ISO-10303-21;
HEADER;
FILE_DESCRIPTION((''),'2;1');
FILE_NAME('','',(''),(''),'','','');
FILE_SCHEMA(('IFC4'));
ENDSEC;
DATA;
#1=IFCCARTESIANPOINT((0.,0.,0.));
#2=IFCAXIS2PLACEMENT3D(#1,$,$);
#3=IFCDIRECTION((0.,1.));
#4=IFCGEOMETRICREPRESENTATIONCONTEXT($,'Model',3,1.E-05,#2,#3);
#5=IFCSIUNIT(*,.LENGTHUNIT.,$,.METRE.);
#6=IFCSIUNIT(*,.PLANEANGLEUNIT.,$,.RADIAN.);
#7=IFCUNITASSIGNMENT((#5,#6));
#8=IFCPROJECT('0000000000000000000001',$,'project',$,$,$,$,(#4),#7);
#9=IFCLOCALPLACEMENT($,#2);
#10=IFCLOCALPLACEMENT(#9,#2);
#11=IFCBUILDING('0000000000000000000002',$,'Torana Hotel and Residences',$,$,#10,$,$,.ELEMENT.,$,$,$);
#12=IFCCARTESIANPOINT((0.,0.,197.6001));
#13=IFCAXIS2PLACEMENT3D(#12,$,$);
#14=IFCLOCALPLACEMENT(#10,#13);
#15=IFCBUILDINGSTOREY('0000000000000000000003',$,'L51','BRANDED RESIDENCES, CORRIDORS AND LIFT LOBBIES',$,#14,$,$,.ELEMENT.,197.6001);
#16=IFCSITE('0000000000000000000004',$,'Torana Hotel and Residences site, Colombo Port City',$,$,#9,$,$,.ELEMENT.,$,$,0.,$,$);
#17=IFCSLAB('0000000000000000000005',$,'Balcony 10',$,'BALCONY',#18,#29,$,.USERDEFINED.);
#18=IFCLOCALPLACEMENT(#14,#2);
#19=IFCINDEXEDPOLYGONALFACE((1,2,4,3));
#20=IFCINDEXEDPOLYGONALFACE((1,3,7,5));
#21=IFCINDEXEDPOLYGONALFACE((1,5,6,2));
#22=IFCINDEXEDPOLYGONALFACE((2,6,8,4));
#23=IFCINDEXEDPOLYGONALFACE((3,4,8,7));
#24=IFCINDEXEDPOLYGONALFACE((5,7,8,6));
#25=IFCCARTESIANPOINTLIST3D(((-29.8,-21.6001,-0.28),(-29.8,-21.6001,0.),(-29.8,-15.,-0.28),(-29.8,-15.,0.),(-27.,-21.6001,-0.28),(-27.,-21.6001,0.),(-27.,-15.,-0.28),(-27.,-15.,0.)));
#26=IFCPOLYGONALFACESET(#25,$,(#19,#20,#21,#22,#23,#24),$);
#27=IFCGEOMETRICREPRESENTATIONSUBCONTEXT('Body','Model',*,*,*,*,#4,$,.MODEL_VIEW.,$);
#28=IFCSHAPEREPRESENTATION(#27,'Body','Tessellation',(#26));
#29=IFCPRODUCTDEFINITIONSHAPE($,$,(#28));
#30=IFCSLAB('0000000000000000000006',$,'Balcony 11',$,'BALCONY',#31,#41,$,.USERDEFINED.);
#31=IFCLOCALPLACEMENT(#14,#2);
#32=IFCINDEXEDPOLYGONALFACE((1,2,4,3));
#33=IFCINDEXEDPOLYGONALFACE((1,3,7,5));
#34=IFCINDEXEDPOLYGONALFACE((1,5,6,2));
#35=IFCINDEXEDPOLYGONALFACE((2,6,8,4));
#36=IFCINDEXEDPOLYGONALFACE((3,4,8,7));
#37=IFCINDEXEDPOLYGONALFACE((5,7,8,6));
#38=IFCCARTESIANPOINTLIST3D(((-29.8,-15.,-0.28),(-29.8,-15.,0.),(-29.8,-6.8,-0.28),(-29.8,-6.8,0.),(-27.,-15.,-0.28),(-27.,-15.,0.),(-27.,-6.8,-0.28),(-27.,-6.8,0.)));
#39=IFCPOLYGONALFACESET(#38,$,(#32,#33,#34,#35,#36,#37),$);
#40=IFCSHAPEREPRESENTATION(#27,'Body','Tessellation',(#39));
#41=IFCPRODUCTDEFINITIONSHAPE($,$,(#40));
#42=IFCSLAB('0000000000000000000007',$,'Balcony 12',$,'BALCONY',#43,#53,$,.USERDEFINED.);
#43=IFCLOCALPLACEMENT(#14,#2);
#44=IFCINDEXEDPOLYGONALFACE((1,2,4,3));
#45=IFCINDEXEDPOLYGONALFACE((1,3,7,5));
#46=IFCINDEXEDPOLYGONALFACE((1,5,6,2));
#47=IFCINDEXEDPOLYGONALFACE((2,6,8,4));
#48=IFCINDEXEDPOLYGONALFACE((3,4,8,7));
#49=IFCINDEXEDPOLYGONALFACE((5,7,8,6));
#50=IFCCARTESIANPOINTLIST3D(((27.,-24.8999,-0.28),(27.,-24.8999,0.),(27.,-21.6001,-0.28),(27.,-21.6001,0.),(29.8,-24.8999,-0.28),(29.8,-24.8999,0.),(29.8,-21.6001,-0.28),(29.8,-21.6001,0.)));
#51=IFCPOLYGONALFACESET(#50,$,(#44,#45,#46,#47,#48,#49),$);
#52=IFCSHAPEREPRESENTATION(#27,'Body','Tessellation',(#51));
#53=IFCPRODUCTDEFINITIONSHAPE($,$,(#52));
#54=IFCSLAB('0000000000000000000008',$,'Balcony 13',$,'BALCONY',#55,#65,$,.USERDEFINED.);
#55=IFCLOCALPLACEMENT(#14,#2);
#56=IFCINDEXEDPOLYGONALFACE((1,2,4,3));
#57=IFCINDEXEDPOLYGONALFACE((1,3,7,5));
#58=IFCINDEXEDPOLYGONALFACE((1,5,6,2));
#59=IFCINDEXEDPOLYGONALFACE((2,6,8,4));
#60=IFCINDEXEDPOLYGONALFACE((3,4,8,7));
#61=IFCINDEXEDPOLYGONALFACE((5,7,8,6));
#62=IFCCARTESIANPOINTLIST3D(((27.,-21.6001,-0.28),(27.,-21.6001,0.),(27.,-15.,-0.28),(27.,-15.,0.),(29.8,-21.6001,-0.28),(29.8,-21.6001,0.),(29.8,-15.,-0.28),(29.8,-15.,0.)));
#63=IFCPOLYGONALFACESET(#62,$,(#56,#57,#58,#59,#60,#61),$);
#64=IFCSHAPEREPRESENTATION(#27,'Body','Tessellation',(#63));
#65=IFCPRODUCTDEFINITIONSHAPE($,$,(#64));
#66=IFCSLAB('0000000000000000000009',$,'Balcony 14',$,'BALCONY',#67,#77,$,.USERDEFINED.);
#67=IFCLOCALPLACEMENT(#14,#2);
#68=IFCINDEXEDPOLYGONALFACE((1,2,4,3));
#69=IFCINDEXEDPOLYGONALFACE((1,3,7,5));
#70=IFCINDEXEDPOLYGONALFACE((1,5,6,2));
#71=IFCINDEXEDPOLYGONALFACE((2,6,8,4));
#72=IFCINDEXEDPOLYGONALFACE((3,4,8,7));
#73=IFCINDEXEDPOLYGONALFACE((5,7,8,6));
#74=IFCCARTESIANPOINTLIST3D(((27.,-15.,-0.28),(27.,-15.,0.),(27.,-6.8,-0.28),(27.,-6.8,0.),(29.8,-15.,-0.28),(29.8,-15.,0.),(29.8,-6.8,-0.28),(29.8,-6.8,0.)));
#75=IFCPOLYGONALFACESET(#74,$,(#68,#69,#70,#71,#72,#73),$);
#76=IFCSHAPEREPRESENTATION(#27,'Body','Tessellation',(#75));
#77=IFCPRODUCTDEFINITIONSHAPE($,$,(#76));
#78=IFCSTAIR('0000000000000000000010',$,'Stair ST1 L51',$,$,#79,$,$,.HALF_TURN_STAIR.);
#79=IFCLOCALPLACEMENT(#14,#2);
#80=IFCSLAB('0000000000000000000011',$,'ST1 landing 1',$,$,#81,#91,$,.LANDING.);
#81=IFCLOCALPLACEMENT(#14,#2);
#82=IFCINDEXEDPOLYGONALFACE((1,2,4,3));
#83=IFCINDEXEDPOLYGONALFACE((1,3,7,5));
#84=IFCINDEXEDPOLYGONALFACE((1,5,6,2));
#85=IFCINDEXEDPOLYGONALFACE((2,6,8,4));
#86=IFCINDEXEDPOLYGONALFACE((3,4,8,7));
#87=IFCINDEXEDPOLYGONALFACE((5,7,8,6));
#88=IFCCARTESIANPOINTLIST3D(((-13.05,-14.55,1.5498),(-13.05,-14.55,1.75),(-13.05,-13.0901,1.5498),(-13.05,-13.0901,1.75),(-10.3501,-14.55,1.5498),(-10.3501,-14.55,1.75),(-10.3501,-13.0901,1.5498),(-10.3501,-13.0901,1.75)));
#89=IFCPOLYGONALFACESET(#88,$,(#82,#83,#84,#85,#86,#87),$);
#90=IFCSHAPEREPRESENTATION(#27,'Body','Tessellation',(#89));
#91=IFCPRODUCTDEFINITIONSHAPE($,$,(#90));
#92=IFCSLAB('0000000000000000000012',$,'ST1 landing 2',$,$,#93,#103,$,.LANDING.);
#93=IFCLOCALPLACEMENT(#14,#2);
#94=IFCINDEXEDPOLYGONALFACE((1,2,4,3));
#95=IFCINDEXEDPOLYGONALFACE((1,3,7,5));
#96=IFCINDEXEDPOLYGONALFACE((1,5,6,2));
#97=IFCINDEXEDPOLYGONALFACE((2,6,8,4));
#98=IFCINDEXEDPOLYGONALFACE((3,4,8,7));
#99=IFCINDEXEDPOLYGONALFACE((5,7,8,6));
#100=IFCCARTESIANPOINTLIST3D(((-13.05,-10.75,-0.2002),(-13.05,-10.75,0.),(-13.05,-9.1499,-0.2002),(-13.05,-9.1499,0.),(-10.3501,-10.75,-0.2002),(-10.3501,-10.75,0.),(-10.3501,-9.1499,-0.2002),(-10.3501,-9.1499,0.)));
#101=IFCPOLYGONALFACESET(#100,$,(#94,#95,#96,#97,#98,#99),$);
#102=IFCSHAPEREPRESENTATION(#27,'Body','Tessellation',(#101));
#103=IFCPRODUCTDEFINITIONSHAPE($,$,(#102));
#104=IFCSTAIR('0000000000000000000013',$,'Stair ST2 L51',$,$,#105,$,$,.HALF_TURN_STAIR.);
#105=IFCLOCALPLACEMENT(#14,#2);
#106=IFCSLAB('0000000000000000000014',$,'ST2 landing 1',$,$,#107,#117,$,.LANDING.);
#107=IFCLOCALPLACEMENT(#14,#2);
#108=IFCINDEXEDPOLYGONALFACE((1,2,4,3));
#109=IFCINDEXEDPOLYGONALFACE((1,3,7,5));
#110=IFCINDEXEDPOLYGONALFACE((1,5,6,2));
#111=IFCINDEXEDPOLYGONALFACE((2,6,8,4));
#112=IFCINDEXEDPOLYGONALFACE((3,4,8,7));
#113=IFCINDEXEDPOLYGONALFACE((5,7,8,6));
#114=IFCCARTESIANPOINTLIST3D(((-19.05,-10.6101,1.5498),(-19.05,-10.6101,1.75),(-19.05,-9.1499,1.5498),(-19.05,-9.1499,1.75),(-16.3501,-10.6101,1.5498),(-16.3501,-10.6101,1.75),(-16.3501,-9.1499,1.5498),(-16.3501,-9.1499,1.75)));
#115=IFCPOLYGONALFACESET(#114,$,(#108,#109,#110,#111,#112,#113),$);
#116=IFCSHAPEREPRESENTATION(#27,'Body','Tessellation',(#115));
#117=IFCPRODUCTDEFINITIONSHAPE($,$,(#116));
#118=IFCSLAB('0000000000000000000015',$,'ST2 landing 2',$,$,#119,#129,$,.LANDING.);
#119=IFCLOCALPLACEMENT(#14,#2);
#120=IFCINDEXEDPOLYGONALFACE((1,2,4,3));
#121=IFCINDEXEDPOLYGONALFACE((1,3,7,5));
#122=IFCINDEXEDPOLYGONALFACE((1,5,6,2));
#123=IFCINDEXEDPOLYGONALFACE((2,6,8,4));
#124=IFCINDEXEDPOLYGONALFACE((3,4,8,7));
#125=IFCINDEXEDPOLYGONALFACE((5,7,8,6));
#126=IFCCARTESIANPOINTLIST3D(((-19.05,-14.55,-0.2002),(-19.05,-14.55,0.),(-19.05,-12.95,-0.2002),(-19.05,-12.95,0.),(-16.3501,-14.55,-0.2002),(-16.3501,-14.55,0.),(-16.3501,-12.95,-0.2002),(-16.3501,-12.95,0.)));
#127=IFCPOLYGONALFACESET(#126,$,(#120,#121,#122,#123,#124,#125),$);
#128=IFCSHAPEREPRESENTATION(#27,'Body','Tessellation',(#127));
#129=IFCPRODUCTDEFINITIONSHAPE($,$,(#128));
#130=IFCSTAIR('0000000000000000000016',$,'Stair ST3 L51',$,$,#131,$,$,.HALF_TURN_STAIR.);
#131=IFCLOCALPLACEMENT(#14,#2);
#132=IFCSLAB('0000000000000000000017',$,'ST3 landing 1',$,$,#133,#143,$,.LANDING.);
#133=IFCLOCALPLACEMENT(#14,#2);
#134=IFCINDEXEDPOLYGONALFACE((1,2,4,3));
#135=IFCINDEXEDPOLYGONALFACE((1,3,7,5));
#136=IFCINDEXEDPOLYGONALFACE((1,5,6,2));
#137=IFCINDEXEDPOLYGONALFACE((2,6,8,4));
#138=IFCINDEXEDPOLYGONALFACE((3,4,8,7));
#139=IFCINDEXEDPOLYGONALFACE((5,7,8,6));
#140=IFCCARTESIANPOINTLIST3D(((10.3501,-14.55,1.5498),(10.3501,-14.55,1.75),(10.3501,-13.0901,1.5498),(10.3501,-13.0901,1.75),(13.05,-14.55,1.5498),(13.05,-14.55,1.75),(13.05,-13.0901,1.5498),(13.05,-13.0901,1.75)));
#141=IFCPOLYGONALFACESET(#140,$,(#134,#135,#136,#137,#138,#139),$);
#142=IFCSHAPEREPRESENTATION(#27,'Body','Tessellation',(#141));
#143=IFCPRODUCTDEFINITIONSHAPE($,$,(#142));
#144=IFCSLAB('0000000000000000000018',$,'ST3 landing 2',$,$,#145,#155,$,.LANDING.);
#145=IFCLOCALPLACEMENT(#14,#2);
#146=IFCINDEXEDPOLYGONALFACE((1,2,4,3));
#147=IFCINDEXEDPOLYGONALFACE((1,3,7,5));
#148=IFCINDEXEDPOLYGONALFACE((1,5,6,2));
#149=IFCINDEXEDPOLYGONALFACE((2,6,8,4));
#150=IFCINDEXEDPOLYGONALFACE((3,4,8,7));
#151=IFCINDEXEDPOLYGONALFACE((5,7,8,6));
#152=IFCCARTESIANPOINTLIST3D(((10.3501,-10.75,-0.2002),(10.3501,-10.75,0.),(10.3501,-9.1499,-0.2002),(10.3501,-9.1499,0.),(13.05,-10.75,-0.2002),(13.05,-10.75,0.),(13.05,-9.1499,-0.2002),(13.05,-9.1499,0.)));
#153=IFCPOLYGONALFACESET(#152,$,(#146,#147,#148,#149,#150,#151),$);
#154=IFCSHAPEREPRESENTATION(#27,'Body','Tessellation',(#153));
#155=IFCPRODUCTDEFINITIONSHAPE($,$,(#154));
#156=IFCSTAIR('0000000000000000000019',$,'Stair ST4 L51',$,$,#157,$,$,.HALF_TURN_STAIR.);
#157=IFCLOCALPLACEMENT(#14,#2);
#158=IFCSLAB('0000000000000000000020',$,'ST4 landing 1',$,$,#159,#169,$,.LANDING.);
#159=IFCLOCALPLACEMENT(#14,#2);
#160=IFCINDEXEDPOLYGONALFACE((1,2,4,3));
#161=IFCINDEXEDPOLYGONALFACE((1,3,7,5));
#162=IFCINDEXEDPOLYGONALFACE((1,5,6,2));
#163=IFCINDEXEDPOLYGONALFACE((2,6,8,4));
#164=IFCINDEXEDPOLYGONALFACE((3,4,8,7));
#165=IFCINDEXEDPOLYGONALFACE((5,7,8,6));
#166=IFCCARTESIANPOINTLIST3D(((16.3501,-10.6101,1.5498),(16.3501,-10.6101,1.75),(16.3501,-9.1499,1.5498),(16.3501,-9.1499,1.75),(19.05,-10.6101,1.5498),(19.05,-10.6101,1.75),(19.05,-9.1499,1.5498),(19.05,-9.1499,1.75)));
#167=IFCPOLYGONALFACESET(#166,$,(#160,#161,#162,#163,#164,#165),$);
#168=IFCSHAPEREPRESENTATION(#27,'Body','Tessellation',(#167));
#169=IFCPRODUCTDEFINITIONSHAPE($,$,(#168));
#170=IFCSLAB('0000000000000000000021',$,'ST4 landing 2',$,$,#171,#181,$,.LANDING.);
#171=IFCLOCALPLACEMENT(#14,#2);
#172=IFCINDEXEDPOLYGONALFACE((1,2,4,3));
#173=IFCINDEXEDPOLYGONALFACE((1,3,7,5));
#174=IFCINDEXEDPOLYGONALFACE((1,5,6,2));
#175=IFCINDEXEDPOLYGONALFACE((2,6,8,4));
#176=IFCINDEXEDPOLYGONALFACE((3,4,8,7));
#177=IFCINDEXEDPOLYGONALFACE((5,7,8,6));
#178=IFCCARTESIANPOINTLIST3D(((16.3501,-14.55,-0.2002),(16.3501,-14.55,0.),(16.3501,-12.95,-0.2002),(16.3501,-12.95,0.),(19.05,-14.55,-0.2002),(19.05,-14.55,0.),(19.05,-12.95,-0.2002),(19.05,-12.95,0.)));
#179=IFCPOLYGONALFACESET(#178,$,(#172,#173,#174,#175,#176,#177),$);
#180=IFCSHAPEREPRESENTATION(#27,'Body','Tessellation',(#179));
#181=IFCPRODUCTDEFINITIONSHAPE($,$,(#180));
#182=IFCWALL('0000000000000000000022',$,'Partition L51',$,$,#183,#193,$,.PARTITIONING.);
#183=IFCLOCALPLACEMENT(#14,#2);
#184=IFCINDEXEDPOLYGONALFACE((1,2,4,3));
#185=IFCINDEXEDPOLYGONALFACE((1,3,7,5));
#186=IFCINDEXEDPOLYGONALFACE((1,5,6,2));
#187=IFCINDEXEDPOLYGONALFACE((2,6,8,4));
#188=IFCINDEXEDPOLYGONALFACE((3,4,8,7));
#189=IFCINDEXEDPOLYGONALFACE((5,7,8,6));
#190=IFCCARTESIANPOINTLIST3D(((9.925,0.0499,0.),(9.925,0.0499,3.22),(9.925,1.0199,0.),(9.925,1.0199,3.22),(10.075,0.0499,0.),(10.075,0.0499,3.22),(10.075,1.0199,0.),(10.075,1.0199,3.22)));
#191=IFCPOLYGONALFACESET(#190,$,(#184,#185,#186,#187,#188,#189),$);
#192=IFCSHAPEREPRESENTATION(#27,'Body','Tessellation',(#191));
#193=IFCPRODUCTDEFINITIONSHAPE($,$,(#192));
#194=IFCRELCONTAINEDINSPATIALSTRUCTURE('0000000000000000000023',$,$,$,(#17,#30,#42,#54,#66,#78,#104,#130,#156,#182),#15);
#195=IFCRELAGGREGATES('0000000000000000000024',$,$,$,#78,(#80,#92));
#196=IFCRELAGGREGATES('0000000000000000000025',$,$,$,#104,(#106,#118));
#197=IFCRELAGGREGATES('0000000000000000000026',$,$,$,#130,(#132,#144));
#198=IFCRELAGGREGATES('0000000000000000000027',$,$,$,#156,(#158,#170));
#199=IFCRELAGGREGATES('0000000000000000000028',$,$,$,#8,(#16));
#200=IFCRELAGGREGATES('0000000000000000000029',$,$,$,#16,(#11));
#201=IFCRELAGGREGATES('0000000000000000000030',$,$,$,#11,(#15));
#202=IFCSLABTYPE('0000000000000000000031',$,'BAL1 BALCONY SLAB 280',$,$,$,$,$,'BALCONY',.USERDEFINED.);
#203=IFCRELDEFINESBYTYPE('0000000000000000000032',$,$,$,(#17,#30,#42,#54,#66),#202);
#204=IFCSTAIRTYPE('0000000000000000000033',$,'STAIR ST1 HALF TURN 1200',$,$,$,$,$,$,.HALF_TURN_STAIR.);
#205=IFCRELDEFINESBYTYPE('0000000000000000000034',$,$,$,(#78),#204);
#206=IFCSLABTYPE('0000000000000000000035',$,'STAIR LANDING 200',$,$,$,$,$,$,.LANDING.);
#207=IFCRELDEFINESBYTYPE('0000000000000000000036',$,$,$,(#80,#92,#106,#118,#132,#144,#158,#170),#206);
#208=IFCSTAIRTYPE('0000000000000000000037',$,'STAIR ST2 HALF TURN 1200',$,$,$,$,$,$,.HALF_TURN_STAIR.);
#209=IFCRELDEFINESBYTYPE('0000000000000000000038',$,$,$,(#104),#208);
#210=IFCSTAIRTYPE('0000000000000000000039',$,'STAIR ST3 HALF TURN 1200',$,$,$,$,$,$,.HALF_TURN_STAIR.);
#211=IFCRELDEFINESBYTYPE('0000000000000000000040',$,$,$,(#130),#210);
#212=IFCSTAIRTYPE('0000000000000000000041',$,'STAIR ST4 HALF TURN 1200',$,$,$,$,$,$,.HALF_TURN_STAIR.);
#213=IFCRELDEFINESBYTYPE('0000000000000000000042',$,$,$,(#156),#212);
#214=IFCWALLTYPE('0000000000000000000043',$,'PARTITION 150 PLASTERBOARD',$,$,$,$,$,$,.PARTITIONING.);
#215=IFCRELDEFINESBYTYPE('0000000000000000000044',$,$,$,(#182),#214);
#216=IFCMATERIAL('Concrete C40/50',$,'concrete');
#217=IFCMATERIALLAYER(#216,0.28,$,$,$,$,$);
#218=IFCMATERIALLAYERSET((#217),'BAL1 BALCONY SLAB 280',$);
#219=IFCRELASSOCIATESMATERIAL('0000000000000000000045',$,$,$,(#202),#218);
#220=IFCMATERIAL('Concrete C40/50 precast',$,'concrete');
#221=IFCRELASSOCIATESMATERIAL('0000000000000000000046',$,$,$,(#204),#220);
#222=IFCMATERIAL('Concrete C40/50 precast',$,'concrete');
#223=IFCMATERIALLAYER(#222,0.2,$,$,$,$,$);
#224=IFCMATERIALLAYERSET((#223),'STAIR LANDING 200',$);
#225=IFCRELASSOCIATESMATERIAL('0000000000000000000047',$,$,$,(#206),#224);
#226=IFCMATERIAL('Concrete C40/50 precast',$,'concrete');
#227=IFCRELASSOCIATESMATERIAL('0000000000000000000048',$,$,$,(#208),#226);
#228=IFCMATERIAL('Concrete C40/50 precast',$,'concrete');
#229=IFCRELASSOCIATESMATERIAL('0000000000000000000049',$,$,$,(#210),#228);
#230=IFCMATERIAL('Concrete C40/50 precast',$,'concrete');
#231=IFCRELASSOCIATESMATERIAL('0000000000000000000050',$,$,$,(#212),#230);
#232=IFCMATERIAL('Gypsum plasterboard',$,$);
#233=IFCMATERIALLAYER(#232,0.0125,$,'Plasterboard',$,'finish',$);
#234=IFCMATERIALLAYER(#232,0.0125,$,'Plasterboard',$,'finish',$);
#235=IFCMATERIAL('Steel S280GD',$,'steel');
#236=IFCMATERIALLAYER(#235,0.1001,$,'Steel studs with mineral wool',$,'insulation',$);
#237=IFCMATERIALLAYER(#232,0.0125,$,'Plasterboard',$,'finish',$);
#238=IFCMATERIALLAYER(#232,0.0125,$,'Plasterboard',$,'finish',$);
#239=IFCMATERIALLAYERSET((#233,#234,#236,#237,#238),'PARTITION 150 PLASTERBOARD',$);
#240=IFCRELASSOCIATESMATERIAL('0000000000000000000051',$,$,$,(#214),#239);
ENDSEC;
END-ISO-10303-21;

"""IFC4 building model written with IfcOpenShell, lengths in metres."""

from ifc_helpers import new_model, si_unit, direction, frame, frame_2d, origin, place, context, subcontext, project, spatial, polyline, rectangle, outline, extrude, material, layer, layer_set, type_object, element, aggregate, save


model = new_model("IFC4")

# Units and contexts
model_context = context("Model", 3, precision=1e-05, world=origin(), true_north=direction((0.0, 1.0)))
body_context = subcontext(model_context, "Body", "Model", "MODEL_VIEW")
ifc_project = project(units=[si_unit("LENGTHUNIT", "METRE"), si_unit("PLANEANGLEUNIT", "RADIAN")], contexts=[model_context])

# Site, building, storey
site_placement = place(None, origin())
site = spatial("IfcSite", under=ifc_project, at=site_placement, Name="Torana Hotel and Residences site, Colombo Port City", CompositionType="ELEMENT", RefElevation=0.0)
building_placement = place(site_placement, origin())
building = spatial("IfcBuilding", under=site, at=building_placement, Name="Torana Hotel and Residences", CompositionType="ELEMENT")
storey_placement = place(building_placement, frame((0.0, 0.0, 197.6001)))
storey = spatial("IfcBuildingStorey", under=building, at=storey_placement, Name="L51", Description="BRANDED RESIDENCES, CORRIDORS AND LIFT LOBBIES", CompositionType="ELEMENT", Elevation=197.6001)

# Slabs
ifc_material_1 = material(Name="Concrete C40/50", Category="concrete")
ifc_layer_1 = layer(ifc_material_1, 0.28)
ifc_layer_set_1 = layer_set([ifc_layer_1], Name="BAL1 BALCONY SLAB 280")
slab_type_1 = type_object("IfcSlabType", Name="BAL1 BALCONY SLAB 280", ElementType="BALCONY", PredefinedType="USERDEFINED", material=ifc_layer_set_1)
slab_1_placement = place(storey_placement, frame((0.0, 0.0, -0.28)))
element("IfcSlab", 1, at=slab_1_placement, inside=storey, type_object=slab_type_1, Name="Balcony 10", ObjectType="BALCONY", PredefinedType="USERDEFINED", context=body_context, shape_type="SweptSolid", body=[
    extrude(outline(polyline([(-29.8, -21.6001), (-27.0, -21.6001), (-27.0, -15.0), (-29.8, -15.0), (-29.8, -21.6001)])), origin(), (0.0, 0.0, 1.0), 0.28),
])
slab_2_placement = place(storey_placement, frame((0.0, 0.0, -0.28)))
element("IfcSlab", 2, at=slab_2_placement, inside=storey, type_object=slab_type_1, Name="Balcony 11", ObjectType="BALCONY", PredefinedType="USERDEFINED", context=body_context, shape_type="SweptSolid", body=[
    extrude(outline(polyline([(-29.8, -15.0), (-27.0, -15.0), (-27.0, -6.8), (-29.8, -6.8), (-29.8, -15.0)])), origin(), (0.0, 0.0, 1.0), 0.28),
])
slab_3_placement = place(storey_placement, frame((0.0, 0.0, -0.28)))
element("IfcSlab", 3, at=slab_3_placement, inside=storey, type_object=slab_type_1, Name="Balcony 12", ObjectType="BALCONY", PredefinedType="USERDEFINED", context=body_context, shape_type="SweptSolid", body=[
    extrude(outline(polyline([(27.0, -24.8999), (29.8, -24.8999), (29.8, -21.6001), (27.0, -21.6001), (27.0, -24.8999)])), origin(), (0.0, 0.0, 1.0), 0.28),
])
slab_4_placement = place(storey_placement, frame((0.0, 0.0, -0.28)))
element("IfcSlab", 4, at=slab_4_placement, inside=storey, type_object=slab_type_1, Name="Balcony 13", ObjectType="BALCONY", PredefinedType="USERDEFINED", context=body_context, shape_type="SweptSolid", body=[
    extrude(outline(polyline([(27.0, -21.6001), (29.8, -21.6001), (29.8, -15.0), (27.0, -15.0), (27.0, -21.6001)])), origin(), (0.0, 0.0, 1.0), 0.28),
])
slab_5_placement = place(storey_placement, frame((0.0, 0.0, -0.28)))
element("IfcSlab", 5, at=slab_5_placement, inside=storey, type_object=slab_type_1, Name="Balcony 14", ObjectType="BALCONY", PredefinedType="USERDEFINED", context=body_context, shape_type="SweptSolid", body=[
    extrude(outline(polyline([(27.0, -15.0), (29.8, -15.0), (29.8, -6.8), (27.0, -6.8), (27.0, -15.0)])), origin(), (0.0, 0.0, 1.0), 0.28),
])

# Stairs, slabs
ifc_material_2 = material(Name="Concrete C40/50 precast", Category="concrete")
stair_type_1 = type_object("IfcStairType", Name="STAIR ST1 HALF TURN 1200", PredefinedType="HALF_TURN_STAIR", material=ifc_material_2)
stair_1_placement = place(storey_placement, origin())
stair_1 = element("IfcStair", 6, at=stair_1_placement, inside=storey, type_object=stair_type_1, Name="Stair ST1 L51", PredefinedType="HALF_TURN_STAIR")
ifc_material_3 = material(Name="Concrete C40/50 precast", Category="concrete")
ifc_layer_2 = layer(ifc_material_3, 0.2)
ifc_layer_set_2 = layer_set([ifc_layer_2], Name="STAIR LANDING 200")
slab_type_2 = type_object("IfcSlabType", Name="STAIR LANDING 200", PredefinedType="LANDING", material=ifc_layer_set_2)
slab_6_placement = place(storey_placement, frame((0.0, 0.0, 1.5498)))
slab_6 = element("IfcSlab", 7, at=slab_6_placement, type_object=slab_type_2, Name="ST1 landing 1", PredefinedType="LANDING", context=body_context, shape_type="SweptSolid", body=[
    extrude(outline(polyline([(-13.05, -14.55), (-10.3501, -14.55), (-10.3501, -13.0901), (-13.05, -13.0901), (-13.05, -14.55)])), origin(), (0.0, 0.0, 1.0), 0.2002),
])
slab_7_placement = place(storey_placement, frame((0.0, 0.0, -0.2002)))
slab_7 = element("IfcSlab", 8, at=slab_7_placement, type_object=slab_type_2, Name="ST1 landing 2", PredefinedType="LANDING", context=body_context, shape_type="SweptSolid", body=[
    extrude(outline(polyline([(-13.05, -10.75), (-10.3501, -10.75), (-10.3501, -9.1499), (-13.05, -9.1499), (-13.05, -10.75)])), origin(), (0.0, 0.0, 1.0), 0.2002),
])
aggregate(stair_1, [slab_6, slab_7])
ifc_material_4 = material(Name="Concrete C40/50 precast", Category="concrete")
stair_type_2 = type_object("IfcStairType", Name="STAIR ST2 HALF TURN 1200", PredefinedType="HALF_TURN_STAIR", material=ifc_material_4)
stair_2_placement = place(storey_placement, origin())
stair_2 = element("IfcStair", 9, at=stair_2_placement, inside=storey, type_object=stair_type_2, Name="Stair ST2 L51", PredefinedType="HALF_TURN_STAIR")
slab_8_placement = place(storey_placement, frame((0.0, 0.0, 1.5498)))
slab_8 = element("IfcSlab", 10, at=slab_8_placement, type_object=slab_type_2, Name="ST2 landing 1", PredefinedType="LANDING", context=body_context, shape_type="SweptSolid", body=[
    extrude(outline(polyline([(-19.05, -10.6101), (-16.3501, -10.6101), (-16.3501, -9.1499), (-19.05, -9.1499), (-19.05, -10.6101)])), origin(), (0.0, 0.0, 1.0), 0.2002),
])
slab_9_placement = place(storey_placement, frame((0.0, 0.0, -0.2002)))
slab_9 = element("IfcSlab", 11, at=slab_9_placement, type_object=slab_type_2, Name="ST2 landing 2", PredefinedType="LANDING", context=body_context, shape_type="SweptSolid", body=[
    extrude(outline(polyline([(-19.05, -14.55), (-16.3501, -14.55), (-16.3501, -12.95), (-19.05, -12.95), (-19.05, -14.55)])), origin(), (0.0, 0.0, 1.0), 0.2002),
])
aggregate(stair_2, [slab_8, slab_9])
ifc_material_5 = material(Name="Concrete C40/50 precast", Category="concrete")
stair_type_3 = type_object("IfcStairType", Name="STAIR ST3 HALF TURN 1200", PredefinedType="HALF_TURN_STAIR", material=ifc_material_5)
stair_3_placement = place(storey_placement, origin())
stair_3 = element("IfcStair", 12, at=stair_3_placement, inside=storey, type_object=stair_type_3, Name="Stair ST3 L51", PredefinedType="HALF_TURN_STAIR")
slab_10_placement = place(storey_placement, frame((0.0, 0.0, 1.5498)))
slab_10 = element("IfcSlab", 13, at=slab_10_placement, type_object=slab_type_2, Name="ST3 landing 1", PredefinedType="LANDING", context=body_context, shape_type="SweptSolid", body=[
    extrude(outline(polyline([(10.3501, -14.55), (13.05, -14.55), (13.05, -13.0901), (10.3501, -13.0901), (10.3501, -14.55)])), origin(), (0.0, 0.0, 1.0), 0.2002),
])
slab_11_placement = place(storey_placement, frame((0.0, 0.0, -0.2002)))
slab_11 = element("IfcSlab", 14, at=slab_11_placement, type_object=slab_type_2, Name="ST3 landing 2", PredefinedType="LANDING", context=body_context, shape_type="SweptSolid", body=[
    extrude(outline(polyline([(10.3501, -10.75), (13.05, -10.75), (13.05, -9.1499), (10.3501, -9.1499), (10.3501, -10.75)])), origin(), (0.0, 0.0, 1.0), 0.2002),
])
aggregate(stair_3, [slab_10, slab_11])
ifc_material_6 = material(Name="Concrete C40/50 precast", Category="concrete")
stair_type_4 = type_object("IfcStairType", Name="STAIR ST4 HALF TURN 1200", PredefinedType="HALF_TURN_STAIR", material=ifc_material_6)
stair_4_placement = place(storey_placement, origin())
stair_4 = element("IfcStair", 15, at=stair_4_placement, inside=storey, type_object=stair_type_4, Name="Stair ST4 L51", PredefinedType="HALF_TURN_STAIR")
slab_12_placement = place(storey_placement, frame((0.0, 0.0, 1.5498)))
slab_12 = element("IfcSlab", 16, at=slab_12_placement, type_object=slab_type_2, Name="ST4 landing 1", PredefinedType="LANDING", context=body_context, shape_type="SweptSolid", body=[
    extrude(outline(polyline([(16.3501, -10.6101), (19.05, -10.6101), (19.05, -9.1499), (16.3501, -9.1499), (16.3501, -10.6101)])), origin(), (0.0, 0.0, 1.0), 0.2002),
])
slab_13_placement = place(storey_placement, frame((0.0, 0.0, -0.2002)))
slab_13 = element("IfcSlab", 17, at=slab_13_placement, type_object=slab_type_2, Name="ST4 landing 2", PredefinedType="LANDING", context=body_context, shape_type="SweptSolid", body=[
    extrude(outline(polyline([(16.3501, -14.55), (19.05, -14.55), (19.05, -12.95), (16.3501, -12.95), (16.3501, -14.55)])), origin(), (0.0, 0.0, 1.0), 0.2002),
])
aggregate(stair_4, [slab_12, slab_13])

# Wall
ifc_material_7 = material(Name="Gypsum plasterboard")
ifc_layer_3 = layer(ifc_material_7, 0.0125, Name="Plasterboard", Category="finish")
ifc_layer_4 = layer(ifc_material_7, 0.0125, Name="Plasterboard", Category="finish")
ifc_material_8 = material(Name="Steel S280GD", Category="steel")
ifc_layer_5 = layer(ifc_material_8, 0.1001, Name="Steel studs with mineral wool", Category="insulation")
ifc_layer_6 = layer(ifc_material_7, 0.0125, Name="Plasterboard", Category="finish")
ifc_layer_7 = layer(ifc_material_7, 0.0125, Name="Plasterboard", Category="finish")
ifc_layer_set_3 = layer_set([ifc_layer_3, ifc_layer_4, ifc_layer_5, ifc_layer_6, ifc_layer_7], Name="PARTITION 150 PLASTERBOARD")
wall_type = type_object("IfcWallType", Name="PARTITION 150 PLASTERBOARD", PredefinedType="PARTITIONING", material=ifc_layer_set_3)
wall_placement = place(storey_placement, frame((10.0, 0.05, 0.0), z_axis=(0.0, 0.0, 1.0), x_axis=(0.0, 1.0, 0.0)))
element("IfcWall", 18, at=wall_placement, inside=storey, type_object=wall_type, Name="Partition L51", PredefinedType="PARTITIONING", context=body_context, shape_type="SweptSolid", body=[
    extrude(rectangle(XDim=0.97, YDim=0.1499, at=frame_2d((0.4849, 0.0))), origin(), (0.0, 0.0, 1.0), 3.22),
])

save(model, "model.ifc")
